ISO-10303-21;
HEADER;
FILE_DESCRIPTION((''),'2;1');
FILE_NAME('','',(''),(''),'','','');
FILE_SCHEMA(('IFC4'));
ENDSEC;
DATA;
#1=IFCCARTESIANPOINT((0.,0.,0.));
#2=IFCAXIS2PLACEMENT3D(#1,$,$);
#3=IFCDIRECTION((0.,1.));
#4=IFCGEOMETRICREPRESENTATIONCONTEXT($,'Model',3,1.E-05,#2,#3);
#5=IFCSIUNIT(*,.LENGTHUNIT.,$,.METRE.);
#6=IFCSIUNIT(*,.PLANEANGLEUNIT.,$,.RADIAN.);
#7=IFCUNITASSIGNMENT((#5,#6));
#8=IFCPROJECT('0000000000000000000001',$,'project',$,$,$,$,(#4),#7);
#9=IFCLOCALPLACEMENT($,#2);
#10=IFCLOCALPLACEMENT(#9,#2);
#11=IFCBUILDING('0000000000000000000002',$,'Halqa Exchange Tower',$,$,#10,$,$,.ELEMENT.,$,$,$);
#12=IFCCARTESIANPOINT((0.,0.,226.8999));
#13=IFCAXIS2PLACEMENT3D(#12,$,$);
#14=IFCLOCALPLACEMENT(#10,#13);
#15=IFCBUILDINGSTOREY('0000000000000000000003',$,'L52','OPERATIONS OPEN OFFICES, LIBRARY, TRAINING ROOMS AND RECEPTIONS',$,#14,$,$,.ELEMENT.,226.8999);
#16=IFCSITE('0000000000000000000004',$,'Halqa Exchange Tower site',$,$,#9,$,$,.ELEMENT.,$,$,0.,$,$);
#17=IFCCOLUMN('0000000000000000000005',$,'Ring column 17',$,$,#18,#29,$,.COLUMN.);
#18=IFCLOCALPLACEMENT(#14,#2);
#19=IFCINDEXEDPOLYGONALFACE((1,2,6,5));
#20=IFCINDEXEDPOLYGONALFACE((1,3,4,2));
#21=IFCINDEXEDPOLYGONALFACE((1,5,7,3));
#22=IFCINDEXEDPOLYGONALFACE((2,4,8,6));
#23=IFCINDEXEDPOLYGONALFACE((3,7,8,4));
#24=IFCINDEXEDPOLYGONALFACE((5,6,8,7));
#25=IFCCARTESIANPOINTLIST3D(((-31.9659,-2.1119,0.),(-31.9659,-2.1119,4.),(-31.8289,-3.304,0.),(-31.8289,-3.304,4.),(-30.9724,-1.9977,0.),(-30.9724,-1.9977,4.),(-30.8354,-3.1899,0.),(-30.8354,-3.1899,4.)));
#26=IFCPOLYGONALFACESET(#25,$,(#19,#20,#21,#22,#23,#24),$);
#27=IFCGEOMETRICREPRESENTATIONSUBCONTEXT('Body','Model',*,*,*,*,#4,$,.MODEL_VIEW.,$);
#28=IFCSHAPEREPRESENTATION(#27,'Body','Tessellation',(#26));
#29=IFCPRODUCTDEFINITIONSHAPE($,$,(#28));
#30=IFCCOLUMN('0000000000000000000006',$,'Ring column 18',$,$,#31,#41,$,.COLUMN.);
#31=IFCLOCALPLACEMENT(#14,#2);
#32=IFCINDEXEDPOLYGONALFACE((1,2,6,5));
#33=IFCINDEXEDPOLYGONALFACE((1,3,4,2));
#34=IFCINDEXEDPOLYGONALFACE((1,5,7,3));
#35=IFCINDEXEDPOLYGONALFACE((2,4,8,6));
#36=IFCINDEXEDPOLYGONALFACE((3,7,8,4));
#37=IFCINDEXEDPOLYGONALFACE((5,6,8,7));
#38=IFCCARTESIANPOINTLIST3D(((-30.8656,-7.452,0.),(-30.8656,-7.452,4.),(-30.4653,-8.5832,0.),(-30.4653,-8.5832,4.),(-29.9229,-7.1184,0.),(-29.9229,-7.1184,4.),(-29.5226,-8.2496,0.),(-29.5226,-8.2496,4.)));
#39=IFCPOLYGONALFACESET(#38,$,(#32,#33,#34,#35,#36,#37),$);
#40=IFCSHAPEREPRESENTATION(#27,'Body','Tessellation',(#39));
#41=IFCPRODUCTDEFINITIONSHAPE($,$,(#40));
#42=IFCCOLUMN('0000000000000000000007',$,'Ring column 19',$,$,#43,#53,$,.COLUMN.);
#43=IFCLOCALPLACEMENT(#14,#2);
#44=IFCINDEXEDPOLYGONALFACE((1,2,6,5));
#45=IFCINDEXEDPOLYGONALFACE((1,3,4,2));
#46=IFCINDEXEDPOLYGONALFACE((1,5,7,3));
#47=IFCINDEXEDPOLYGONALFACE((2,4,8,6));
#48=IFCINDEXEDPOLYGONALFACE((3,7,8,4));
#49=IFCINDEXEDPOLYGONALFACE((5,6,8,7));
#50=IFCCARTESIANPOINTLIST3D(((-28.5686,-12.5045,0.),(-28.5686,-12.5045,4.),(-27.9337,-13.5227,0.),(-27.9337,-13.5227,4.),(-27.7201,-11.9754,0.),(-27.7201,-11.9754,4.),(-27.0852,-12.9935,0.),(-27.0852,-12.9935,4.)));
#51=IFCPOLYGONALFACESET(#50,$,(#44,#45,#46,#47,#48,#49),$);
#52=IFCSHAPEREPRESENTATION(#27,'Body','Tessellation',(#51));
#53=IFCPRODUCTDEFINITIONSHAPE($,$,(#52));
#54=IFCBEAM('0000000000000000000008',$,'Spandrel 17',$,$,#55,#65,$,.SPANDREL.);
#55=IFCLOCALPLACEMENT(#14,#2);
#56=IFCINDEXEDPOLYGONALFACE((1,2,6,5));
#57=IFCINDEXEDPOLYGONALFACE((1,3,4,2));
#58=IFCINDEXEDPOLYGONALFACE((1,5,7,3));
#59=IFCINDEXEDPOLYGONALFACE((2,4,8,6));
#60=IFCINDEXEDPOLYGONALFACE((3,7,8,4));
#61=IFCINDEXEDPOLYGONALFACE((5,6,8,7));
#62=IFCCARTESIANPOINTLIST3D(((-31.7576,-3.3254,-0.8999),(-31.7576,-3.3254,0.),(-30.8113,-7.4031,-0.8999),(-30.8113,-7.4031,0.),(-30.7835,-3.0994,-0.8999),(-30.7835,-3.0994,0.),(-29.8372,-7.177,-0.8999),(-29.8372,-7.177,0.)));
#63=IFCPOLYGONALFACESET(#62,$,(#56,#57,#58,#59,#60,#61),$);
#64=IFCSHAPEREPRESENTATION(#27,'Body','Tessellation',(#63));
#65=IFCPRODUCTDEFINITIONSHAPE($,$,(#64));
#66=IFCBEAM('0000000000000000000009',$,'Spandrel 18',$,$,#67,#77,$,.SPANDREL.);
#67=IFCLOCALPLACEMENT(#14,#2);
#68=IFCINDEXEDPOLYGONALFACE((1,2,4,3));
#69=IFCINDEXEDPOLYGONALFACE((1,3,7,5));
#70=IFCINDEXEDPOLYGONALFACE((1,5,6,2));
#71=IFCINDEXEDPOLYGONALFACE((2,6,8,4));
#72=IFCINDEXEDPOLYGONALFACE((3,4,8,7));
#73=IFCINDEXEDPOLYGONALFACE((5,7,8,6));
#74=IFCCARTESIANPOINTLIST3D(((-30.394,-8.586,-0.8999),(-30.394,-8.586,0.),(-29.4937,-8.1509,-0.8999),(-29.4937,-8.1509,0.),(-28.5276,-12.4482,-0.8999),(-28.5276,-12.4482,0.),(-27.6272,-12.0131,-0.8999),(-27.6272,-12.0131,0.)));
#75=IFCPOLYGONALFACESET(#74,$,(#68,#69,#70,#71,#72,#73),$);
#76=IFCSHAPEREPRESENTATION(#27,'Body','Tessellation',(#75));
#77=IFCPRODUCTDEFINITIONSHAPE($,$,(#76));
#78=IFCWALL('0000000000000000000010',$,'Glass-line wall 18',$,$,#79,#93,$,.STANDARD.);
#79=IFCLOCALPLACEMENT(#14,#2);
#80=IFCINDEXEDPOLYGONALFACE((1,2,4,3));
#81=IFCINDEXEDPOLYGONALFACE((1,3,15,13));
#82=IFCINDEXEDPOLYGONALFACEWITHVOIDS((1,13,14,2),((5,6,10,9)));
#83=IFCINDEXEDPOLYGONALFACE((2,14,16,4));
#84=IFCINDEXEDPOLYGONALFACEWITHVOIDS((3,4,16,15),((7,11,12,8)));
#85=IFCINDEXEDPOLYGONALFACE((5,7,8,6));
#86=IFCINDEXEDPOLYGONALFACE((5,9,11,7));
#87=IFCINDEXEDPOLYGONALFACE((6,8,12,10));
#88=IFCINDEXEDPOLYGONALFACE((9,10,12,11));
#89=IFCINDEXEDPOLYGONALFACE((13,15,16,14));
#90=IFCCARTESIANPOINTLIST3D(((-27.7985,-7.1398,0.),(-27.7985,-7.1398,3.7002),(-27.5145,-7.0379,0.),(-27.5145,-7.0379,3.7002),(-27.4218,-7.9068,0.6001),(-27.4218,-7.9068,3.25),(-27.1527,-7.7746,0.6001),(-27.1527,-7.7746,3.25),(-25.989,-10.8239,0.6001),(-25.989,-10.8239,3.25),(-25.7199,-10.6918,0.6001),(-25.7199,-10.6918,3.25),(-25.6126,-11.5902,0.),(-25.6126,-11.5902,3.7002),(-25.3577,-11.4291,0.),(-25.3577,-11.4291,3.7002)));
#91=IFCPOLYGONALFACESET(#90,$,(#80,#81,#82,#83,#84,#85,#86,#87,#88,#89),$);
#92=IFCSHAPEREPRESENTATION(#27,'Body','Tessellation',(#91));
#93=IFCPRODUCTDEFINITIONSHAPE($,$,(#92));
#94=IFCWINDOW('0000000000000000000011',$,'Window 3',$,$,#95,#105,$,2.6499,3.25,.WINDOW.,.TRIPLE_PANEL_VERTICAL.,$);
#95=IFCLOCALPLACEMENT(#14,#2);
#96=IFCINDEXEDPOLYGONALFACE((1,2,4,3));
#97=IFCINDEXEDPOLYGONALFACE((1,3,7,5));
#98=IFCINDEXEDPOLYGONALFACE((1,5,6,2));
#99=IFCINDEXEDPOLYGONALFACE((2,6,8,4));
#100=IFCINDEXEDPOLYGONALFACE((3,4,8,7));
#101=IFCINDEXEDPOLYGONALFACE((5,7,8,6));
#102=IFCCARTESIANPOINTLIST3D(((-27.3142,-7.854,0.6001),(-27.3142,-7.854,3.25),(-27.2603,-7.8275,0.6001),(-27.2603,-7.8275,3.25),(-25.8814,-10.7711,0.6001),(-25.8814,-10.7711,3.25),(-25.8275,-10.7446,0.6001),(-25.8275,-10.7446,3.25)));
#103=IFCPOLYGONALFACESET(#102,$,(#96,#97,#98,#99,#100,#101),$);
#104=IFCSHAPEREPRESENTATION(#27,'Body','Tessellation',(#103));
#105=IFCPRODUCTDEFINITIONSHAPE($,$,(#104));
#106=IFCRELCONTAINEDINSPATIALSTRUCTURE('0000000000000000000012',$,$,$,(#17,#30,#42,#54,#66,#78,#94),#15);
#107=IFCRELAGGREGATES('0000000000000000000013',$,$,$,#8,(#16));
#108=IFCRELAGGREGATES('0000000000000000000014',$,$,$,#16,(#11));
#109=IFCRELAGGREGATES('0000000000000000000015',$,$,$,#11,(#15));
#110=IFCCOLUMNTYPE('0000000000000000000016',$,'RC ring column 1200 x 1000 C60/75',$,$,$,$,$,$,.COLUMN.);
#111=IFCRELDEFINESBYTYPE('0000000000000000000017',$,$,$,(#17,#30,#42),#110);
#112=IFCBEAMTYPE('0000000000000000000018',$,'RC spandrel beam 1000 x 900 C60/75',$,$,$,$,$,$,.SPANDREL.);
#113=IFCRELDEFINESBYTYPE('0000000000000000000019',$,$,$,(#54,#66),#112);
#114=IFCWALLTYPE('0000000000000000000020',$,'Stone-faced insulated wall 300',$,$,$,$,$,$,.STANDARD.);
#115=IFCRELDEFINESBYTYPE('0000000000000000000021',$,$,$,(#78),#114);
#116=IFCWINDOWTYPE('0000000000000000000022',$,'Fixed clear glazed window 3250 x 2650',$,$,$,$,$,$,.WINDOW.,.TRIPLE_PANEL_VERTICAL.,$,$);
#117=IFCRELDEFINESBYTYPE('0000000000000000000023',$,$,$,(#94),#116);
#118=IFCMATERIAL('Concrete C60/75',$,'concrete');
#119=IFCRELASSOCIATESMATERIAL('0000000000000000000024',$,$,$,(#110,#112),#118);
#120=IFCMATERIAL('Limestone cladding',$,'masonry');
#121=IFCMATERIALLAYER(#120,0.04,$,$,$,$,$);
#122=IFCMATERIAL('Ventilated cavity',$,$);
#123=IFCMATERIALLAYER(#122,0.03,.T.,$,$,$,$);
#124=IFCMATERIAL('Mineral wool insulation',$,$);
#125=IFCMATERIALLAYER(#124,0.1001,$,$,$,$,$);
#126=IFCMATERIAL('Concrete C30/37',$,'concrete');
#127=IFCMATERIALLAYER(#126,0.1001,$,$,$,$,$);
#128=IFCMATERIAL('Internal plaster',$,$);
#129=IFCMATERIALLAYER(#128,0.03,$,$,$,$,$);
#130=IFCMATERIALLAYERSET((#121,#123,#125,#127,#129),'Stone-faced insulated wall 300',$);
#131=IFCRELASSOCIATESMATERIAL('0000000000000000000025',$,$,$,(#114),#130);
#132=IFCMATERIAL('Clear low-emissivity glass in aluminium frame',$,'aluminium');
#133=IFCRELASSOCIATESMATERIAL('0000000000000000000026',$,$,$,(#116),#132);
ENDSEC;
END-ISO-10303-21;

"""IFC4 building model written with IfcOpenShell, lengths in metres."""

from ifc_helpers import new_model, si_unit, direction, frame, frame_2d, origin, origin_2d, place, context, subcontext, project, spatial, polyline, rectangle, outline, extrude, material, layer, layer_set, material_profile, profile_set, type_object, element, fill, save


model = new_model("IFC4")

# Units and contexts
model_context = context("Model", 3, precision=1e-05, world=origin(), true_north=direction((0.0, 1.0)))
body_context = subcontext(model_context, "Body", "Model", "MODEL_VIEW")
ifc_project = project(units=[si_unit("LENGTHUNIT", "METRE"), si_unit("PLANEANGLEUNIT", "RADIAN")], contexts=[model_context])

# Site, building, storey
site_placement = place(None, origin())
site = spatial("IfcSite", under=ifc_project, at=site_placement, Name="Halqa Exchange Tower site", CompositionType="ELEMENT", RefElevation=0.0)
building_placement = place(site_placement, origin())
building = spatial("IfcBuilding", under=site, at=building_placement, Name="Halqa Exchange Tower", CompositionType="ELEMENT")
storey_placement = place(building_placement, frame((0.0, 0.0, 226.8999)))
storey = spatial("IfcBuildingStorey", under=building, at=storey_placement, Name="L52", Description="OPERATIONS OPEN OFFICES, LIBRARY, TRAINING ROOMS AND RECEPTIONS", CompositionType="ELEMENT", Elevation=226.8999)

# Columns
ifc_material_1 = material(Name="Concrete C60/75", Category="concrete")
ifc_material_profile_1 = material_profile(ifc_material_1, rectangle(XDim=1.2, YDim=1.0, at=origin_2d()), Name="1200 x 1000")
ifc_profile_set_1 = profile_set([ifc_material_profile_1], Name="Concrete C60/75")
column_type = type_object("IfcColumnType", Name="RC ring column 1200 x 1000 C60/75", PredefinedType="COLUMN", material=ifc_profile_set_1)
for number, where, z_axis, x_axis, name in (
    (1, (-31.4006, -2.6509, 0.0), (0.0, 0.0, 1.0), (0.114153, -0.993463, 0.0), "Ring column 17"),
    (2, (-30.1941, -7.8508, 0.0), (0.0, 0.0, 1.0), (0.333631, -0.942704, 0.0), "Ring column 18"),
    (3, (-27.8269, -12.749, 0.0), (0.0, 0.0, 1.0), (0.529146, -0.848531, 0.0), "Ring column 19"),
):
    element("IfcColumn", number, at=place(storey_placement, frame(where, z_axis=z_axis, x_axis=x_axis)), inside=storey, type_object=column_type, Name=name, PredefinedType="COLUMN", context=body_context, shape_type="SweptSolid", body=[
        extrude(rectangle(XDim=1.2, YDim=1.0, at=origin_2d()), origin(), (0.0, 0.0, 1.0), 4.0),
    ])

# Beams
ifc_material_profile_2 = material_profile(ifc_material_1, rectangle(XDim=1.0, YDim=0.8999, at=origin_2d()), Name="1000 x 900")
ifc_profile_set_2 = profile_set([ifc_material_profile_2], Name="Concrete C60/75")
beam_type = type_object("IfcBeamType", Name="RC spandrel beam 1000 x 900 C60/75", PredefinedType="SPANDREL", material=ifc_profile_set_2)
beam_1_placement = place(storey_placement, frame((-31.2705, -3.2124, -0.45), z_axis=(0.226061, -0.974113, 0.0), x_axis=(0.974113, 0.226061, 0.0)))
element("IfcBeam", 4, at=beam_1_placement, inside=storey, type_object=beam_type, Name="Spandrel 17", PredefinedType="SPANDREL", context=body_context, shape_type="SweptSolid", body=[
    extrude(rectangle(XDim=1.0, YDim=0.8999, at=origin_2d()), origin(), (0.0, 0.0, 1.0), 4.186),
])
beam_2_placement = place(storey_placement, frame((-29.9438, -8.3684, -0.45), z_axis=(0.435107, -0.900379, 0.0), x_axis=(0.900379, 0.435107, 0.0)))
element("IfcBeam", 5, at=beam_2_placement, inside=storey, type_object=beam_type, Name="Spandrel 18", PredefinedType="SPANDREL", context=body_context, shape_type="SweptSolid", body=[
    extrude(rectangle(XDim=1.0, YDim=0.8999, at=origin_2d()), origin(), (0.0, 0.0, 1.0), 4.2896),
])

# Wall, opening, window
ifc_material_2 = material(Name="Limestone cladding", Category="masonry")
ifc_layer_1 = layer(ifc_material_2, 0.04)
ifc_material_3 = material(Name="Ventilated cavity")
ifc_layer_2 = layer(ifc_material_3, 0.03, ventilated=True)
ifc_material_4 = material(Name="Mineral wool insulation")
ifc_layer_3 = layer(ifc_material_4, 0.1001)
ifc_material_5 = material(Name="Concrete C30/37", Category="concrete")
ifc_layer_4 = layer(ifc_material_5, 0.1001)
ifc_material_6 = material(Name="Internal plaster")
ifc_layer_5 = layer(ifc_material_6, 0.03)
ifc_layer_set = layer_set([ifc_layer_1, ifc_layer_2, ifc_layer_3, ifc_layer_4, ifc_layer_5], Name="Stone-faced insulated wall 300")
wall_type = type_object("IfcWallType", Name="Stone-faced insulated wall 300", PredefinedType="STANDARD", material=ifc_layer_set)
wall_placement = place(storey_placement, frame((-27.6565, -7.0889, 0.0), z_axis=(0.0, 0.0, 1.0), x_axis=(0.440858, -0.897577, 0.0)))
wall = element("IfcWall", 6, at=wall_placement, inside=storey, type_object=wall_type, Name="Glass-line wall 18", PredefinedType="STANDARD", context=body_context, shape_type="SweptSolid", body=[
    extrude(outline(polyline([(-0.0168, -0.1499), (4.9414, -0.1499), (4.9092, 0.1499), (0.0168, 0.1499), (-0.0168, -0.1499)])), origin(), (0.0, 0.0, 1.0), 3.7002),
])
opening_placement = place(wall_placement, frame((0.8376, 0.0, 0.6001)))
opening = element("IfcOpeningElement", 7, at=opening_placement, cuts=wall, PredefinedType="OPENING", context=body_context, shape_type="SweptSolid", body=[
    extrude(rectangle(XDim=3.25, YDim=2.6499, at=frame_2d((1.625, 1.325))), frame((0.0, 0.1621, 0.0), z_axis=(0.0, -1.0, 0.0), x_axis=(1.0, 0.0, 0.0)), (0.0, 0.0, 1.0), 0.324),
])
ifc_material_7 = material(Name="Clear low-emissivity glass in aluminium frame", Category="aluminium")
window_type = type_object("IfcWindowType", Name="Fixed clear glazed window 3250 x 2650", PartitioningType="TRIPLE_PANEL_VERTICAL", PredefinedType="WINDOW", material=ifc_material_7)
window_placement = place(opening_placement, origin())
window = element("IfcWindow", 8, at=window_placement, inside=storey, type_object=window_type, Name="Window 3", OverallHeight=2.6499, OverallWidth=3.25, PartitioningType="TRIPLE_PANEL_VERTICAL", PredefinedType="WINDOW", context=body_context, shape_type="SweptSolid", body=[
    extrude(rectangle(XDim=3.25, YDim=2.6499, at=frame_2d((1.625, 1.325))), frame((0.0, 0.03, 0.0), z_axis=(0.0, -1.0, 0.0), x_axis=(1.0, 0.0, 0.0)), (0.0, 0.0, 1.0), 0.0601),
])
fill(opening, window)

save(model, "model.ifc")
